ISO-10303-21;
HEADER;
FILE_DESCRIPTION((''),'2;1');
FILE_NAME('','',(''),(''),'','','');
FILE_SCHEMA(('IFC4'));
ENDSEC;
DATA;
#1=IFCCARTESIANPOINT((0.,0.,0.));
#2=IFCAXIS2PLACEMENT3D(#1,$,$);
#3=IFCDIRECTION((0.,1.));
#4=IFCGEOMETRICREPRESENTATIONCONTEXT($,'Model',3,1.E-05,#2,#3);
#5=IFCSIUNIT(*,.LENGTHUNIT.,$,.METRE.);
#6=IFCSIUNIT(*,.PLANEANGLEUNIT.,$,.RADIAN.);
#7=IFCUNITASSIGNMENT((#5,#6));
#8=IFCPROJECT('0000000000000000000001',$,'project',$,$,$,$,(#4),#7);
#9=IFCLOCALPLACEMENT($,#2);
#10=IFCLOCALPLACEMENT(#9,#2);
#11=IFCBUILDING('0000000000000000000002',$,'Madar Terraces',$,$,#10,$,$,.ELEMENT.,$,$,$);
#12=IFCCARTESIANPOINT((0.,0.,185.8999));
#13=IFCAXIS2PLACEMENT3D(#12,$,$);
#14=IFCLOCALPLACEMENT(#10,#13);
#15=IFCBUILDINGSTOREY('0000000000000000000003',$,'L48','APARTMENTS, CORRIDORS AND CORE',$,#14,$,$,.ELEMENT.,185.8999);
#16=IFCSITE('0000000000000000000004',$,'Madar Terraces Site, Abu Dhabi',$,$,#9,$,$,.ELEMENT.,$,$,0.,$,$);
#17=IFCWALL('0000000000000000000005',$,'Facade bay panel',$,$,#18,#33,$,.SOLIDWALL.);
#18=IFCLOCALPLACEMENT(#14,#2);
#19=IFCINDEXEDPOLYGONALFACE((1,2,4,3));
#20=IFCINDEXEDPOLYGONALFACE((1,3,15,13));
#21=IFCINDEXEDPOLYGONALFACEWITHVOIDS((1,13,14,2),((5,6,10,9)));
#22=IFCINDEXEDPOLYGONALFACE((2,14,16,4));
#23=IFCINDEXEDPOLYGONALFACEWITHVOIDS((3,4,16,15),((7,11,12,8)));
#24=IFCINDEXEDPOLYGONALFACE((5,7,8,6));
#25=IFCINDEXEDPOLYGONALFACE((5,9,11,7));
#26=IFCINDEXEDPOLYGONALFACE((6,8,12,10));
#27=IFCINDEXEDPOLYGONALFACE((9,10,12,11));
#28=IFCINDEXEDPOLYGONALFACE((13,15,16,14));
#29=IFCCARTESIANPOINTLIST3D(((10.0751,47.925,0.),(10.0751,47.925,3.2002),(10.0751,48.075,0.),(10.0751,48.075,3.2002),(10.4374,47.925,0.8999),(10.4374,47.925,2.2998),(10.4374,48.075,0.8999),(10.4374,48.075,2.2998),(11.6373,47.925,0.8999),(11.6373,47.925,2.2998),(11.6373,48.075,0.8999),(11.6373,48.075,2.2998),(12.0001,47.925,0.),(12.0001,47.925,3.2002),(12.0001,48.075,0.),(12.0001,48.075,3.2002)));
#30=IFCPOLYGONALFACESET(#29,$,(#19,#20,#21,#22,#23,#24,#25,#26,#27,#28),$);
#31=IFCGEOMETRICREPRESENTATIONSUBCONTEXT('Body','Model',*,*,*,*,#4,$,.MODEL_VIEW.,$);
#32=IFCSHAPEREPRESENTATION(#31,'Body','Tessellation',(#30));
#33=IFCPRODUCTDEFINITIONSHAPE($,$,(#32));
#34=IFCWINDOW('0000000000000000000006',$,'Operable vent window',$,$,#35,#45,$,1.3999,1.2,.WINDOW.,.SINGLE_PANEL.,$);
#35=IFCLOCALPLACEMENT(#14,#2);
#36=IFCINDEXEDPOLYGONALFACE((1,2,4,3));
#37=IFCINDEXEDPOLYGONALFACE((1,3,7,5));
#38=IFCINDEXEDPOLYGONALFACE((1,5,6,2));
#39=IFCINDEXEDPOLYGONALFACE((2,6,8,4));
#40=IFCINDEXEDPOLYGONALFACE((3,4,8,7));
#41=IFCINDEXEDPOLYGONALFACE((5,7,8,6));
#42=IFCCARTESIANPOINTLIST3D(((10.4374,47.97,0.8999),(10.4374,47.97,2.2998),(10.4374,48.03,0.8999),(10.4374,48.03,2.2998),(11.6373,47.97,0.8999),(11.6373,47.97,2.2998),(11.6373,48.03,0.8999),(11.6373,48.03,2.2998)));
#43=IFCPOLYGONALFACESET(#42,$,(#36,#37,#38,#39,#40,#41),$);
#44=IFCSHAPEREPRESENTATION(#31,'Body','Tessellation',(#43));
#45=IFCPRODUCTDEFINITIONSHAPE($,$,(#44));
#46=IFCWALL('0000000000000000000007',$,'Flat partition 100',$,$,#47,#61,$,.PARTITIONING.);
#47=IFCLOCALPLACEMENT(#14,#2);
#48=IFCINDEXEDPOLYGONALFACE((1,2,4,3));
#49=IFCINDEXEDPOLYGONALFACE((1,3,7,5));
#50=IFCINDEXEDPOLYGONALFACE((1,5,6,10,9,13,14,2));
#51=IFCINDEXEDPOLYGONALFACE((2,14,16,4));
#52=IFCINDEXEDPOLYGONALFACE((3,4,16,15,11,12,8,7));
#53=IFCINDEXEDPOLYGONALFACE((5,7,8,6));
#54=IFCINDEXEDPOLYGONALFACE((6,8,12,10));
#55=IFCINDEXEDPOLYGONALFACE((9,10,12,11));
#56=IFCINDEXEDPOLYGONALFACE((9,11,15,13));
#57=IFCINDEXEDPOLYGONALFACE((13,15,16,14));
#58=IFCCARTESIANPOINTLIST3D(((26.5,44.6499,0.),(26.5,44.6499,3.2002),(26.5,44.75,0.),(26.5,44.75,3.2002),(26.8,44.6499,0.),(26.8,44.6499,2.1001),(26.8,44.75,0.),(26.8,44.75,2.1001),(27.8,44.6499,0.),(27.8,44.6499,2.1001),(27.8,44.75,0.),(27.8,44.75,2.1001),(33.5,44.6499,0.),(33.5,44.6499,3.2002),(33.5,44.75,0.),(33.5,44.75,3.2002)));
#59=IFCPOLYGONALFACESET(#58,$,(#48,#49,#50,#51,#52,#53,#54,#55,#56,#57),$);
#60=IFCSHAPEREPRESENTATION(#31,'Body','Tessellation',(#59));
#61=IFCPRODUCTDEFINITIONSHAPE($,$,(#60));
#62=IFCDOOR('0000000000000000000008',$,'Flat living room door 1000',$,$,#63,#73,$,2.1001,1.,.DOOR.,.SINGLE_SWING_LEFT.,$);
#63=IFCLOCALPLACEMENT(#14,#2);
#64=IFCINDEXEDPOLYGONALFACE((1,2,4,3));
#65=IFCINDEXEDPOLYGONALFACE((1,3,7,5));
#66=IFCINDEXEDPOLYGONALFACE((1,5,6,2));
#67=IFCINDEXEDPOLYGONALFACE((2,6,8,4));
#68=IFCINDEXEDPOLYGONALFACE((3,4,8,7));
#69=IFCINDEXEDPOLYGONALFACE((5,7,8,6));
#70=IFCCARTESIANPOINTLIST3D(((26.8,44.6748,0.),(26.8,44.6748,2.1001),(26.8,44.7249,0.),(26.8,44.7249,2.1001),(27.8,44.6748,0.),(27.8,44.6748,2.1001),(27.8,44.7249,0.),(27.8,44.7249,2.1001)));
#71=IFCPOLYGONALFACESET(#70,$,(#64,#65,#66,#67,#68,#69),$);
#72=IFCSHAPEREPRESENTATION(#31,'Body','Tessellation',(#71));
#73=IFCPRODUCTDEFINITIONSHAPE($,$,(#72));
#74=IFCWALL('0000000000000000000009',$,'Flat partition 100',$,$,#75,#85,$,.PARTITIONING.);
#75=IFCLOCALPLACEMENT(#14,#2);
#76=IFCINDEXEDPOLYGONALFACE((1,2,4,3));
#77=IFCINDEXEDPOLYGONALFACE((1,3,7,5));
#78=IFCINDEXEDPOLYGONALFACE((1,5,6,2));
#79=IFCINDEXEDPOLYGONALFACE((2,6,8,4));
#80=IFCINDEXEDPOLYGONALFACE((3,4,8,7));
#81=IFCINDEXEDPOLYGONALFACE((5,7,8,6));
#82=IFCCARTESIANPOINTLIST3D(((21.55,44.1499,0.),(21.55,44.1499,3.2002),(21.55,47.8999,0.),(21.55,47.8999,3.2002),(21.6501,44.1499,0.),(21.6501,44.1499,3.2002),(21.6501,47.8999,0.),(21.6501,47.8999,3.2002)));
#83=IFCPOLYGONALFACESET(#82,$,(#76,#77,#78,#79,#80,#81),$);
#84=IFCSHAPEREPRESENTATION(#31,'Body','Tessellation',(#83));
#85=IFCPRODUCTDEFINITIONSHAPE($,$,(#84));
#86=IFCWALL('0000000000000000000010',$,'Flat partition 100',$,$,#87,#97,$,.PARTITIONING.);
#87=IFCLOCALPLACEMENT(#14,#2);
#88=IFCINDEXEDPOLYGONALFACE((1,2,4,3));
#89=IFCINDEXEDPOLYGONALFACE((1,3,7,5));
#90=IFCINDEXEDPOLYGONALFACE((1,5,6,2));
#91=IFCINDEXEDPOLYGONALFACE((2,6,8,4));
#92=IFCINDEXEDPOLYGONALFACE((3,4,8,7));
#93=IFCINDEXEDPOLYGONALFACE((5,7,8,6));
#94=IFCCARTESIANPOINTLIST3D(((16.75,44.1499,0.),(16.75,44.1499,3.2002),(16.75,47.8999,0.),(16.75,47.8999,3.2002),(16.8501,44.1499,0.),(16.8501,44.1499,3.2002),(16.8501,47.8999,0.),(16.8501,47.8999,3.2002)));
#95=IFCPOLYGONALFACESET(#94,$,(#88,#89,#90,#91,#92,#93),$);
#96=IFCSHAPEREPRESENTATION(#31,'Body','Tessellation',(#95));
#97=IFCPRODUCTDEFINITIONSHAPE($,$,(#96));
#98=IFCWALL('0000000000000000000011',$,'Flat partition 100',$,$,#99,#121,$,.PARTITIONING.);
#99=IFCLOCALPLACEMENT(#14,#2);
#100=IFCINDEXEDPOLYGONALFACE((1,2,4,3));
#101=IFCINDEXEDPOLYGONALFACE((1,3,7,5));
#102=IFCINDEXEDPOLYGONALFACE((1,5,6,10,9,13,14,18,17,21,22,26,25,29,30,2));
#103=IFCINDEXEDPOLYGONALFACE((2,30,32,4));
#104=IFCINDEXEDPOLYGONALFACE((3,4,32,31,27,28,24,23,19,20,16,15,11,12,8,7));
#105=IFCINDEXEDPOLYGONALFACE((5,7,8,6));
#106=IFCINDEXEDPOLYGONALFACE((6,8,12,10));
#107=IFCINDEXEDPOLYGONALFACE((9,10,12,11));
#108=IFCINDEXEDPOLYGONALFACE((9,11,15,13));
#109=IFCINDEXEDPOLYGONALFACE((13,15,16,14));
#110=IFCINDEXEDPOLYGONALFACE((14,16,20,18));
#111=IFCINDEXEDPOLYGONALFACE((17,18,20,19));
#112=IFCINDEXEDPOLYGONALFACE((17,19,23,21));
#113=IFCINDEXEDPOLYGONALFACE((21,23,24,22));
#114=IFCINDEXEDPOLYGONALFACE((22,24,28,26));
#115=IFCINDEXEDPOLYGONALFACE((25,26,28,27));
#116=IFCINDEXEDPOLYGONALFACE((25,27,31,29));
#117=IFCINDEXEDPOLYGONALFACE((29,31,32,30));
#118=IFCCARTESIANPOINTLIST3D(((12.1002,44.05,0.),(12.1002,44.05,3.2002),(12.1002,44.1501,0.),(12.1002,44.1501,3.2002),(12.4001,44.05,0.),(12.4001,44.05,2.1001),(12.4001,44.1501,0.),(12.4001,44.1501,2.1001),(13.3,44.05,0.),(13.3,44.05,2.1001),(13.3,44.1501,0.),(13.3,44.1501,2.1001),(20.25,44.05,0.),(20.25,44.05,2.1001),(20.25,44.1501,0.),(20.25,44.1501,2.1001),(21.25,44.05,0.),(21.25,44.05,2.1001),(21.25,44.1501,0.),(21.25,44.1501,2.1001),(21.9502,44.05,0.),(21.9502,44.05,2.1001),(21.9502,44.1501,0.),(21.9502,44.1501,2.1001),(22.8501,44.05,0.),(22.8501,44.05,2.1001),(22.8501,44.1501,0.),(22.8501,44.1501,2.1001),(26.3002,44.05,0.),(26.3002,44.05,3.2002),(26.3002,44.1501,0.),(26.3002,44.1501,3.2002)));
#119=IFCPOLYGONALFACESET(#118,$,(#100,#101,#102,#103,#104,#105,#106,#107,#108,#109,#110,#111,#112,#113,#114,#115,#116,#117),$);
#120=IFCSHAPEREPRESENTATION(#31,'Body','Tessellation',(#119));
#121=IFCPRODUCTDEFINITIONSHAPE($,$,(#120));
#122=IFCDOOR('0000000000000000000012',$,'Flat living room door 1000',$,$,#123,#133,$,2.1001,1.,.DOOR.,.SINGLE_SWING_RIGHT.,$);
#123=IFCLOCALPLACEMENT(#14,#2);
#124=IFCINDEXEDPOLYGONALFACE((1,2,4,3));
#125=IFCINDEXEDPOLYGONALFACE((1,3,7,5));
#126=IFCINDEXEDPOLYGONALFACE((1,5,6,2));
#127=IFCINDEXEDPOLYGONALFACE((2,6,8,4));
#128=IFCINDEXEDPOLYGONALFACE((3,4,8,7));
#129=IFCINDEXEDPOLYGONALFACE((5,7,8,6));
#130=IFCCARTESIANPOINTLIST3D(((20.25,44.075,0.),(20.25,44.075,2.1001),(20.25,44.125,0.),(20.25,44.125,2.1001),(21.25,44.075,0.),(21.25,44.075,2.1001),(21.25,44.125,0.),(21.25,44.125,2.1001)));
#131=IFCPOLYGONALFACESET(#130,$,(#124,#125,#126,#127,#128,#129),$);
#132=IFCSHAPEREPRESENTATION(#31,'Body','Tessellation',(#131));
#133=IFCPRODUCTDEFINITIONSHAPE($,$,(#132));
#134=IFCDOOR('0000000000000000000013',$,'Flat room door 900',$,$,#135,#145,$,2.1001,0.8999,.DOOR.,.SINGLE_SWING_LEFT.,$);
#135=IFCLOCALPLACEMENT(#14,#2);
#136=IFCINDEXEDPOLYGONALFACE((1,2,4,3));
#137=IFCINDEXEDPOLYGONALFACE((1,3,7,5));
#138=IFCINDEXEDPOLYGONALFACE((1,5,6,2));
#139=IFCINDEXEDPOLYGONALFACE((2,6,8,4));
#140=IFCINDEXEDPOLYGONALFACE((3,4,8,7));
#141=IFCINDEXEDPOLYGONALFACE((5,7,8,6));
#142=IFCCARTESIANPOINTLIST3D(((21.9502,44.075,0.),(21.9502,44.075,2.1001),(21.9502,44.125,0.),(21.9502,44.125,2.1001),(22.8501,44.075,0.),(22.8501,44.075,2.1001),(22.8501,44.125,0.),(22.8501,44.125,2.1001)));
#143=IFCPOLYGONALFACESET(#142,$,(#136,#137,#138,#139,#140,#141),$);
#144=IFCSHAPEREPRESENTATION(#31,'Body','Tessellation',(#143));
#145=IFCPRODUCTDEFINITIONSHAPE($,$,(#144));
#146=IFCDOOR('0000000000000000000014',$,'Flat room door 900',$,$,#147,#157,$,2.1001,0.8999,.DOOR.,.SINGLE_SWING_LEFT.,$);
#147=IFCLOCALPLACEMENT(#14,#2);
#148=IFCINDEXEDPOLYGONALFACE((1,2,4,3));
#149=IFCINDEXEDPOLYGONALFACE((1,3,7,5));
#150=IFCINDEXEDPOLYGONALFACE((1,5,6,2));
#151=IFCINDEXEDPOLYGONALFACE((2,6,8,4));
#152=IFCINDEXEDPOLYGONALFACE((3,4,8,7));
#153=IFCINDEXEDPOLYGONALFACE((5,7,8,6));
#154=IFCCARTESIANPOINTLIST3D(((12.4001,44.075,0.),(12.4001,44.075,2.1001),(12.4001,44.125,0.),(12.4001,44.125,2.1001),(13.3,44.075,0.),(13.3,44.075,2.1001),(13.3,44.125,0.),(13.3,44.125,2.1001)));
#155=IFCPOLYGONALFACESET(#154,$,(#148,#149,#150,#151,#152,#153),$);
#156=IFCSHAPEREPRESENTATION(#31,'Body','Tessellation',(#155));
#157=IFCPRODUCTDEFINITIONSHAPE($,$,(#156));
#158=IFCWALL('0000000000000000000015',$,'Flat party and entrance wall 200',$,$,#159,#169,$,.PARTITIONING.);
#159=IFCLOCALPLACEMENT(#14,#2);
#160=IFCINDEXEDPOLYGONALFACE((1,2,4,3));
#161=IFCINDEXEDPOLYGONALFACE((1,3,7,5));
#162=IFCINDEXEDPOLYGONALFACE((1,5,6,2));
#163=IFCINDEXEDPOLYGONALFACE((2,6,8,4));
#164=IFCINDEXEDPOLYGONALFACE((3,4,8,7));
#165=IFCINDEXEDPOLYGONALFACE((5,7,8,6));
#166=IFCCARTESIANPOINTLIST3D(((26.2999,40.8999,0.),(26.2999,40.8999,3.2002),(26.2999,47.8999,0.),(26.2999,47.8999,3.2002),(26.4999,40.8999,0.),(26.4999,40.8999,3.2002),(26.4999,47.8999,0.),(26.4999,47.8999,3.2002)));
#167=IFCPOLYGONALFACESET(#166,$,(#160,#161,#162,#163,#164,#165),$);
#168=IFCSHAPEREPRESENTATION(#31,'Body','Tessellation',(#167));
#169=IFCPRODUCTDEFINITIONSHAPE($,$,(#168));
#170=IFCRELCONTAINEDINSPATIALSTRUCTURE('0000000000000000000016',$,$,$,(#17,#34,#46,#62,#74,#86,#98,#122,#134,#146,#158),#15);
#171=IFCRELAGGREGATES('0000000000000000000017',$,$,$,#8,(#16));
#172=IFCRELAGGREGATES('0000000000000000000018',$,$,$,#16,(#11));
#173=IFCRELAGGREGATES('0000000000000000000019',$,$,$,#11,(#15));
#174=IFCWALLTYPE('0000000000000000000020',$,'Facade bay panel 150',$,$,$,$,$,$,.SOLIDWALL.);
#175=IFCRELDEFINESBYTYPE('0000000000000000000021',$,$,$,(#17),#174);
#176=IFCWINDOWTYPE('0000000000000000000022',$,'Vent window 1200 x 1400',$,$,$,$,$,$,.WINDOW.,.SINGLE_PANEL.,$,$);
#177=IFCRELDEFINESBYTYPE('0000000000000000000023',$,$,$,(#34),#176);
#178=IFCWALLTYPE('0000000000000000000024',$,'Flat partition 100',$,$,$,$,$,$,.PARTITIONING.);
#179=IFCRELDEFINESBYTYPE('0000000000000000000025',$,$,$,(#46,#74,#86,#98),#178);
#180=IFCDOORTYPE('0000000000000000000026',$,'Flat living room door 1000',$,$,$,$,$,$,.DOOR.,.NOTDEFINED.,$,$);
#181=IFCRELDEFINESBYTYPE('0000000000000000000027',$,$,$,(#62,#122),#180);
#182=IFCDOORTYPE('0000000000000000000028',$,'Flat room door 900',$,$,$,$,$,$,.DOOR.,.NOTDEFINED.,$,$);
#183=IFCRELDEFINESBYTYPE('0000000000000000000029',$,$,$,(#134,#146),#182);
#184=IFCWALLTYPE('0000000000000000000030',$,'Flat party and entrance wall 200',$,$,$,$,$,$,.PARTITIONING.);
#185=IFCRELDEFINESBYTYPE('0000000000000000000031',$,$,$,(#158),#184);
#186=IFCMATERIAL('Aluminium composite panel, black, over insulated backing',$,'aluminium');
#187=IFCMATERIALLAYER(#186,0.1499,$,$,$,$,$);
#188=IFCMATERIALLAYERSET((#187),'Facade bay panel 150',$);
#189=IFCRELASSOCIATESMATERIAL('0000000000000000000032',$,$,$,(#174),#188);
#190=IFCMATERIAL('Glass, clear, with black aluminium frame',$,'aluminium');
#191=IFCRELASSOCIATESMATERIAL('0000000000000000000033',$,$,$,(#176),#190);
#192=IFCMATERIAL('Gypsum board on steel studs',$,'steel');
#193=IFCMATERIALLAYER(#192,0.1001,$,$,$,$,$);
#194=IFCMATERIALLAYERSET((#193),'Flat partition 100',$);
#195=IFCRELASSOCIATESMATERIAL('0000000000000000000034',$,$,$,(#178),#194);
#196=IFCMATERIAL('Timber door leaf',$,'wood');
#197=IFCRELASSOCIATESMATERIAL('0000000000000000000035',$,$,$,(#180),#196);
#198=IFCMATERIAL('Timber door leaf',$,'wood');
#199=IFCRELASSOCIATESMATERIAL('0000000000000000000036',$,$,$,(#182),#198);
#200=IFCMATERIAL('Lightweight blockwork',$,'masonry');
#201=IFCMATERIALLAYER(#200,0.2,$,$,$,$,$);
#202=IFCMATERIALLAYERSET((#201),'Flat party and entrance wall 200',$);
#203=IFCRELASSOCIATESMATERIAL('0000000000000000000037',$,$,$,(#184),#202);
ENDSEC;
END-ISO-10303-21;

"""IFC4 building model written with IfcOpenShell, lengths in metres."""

from ifc_helpers import new_model, si_unit, direction, frame, frame_2d, origin, place, context, subcontext, project, spatial, rectangle, extrude, material, layer, layer_set, type_object, element, fill, save


model = new_model("IFC4")

# Units and contexts
model_context = context("Model", 3, precision=1e-05, world=origin(), true_north=direction((0.0, 1.0)))
body_context = subcontext(model_context, "Body", "Model", "MODEL_VIEW")
ifc_project = project(units=[si_unit("LENGTHUNIT", "METRE"), si_unit("PLANEANGLEUNIT", "RADIAN")], contexts=[model_context])

# Site, building, storey
site_placement = place(None, origin())
site = spatial("IfcSite", under=ifc_project, at=site_placement, Name="Madar Terraces Site, Abu Dhabi", CompositionType="ELEMENT", RefElevation=0.0)
building_placement = place(site_placement, origin())
building = spatial("IfcBuilding", under=site, at=building_placement, Name="Madar Terraces", CompositionType="ELEMENT")
storey_placement = place(building_placement, frame((0.0, 0.0, 185.8999)))
storey = spatial("IfcBuildingStorey", under=building, at=storey_placement, Name="L48", Description="APARTMENTS, CORRIDORS AND CORE", CompositionType="ELEMENT", Elevation=185.8999)

# Wall, opening, window
ifc_material_1 = material(Name="Aluminium composite panel, black, over insulated backing", Category="aluminium")
ifc_layer_1 = layer(ifc_material_1, 0.1499)
ifc_layer_set_1 = layer_set([ifc_layer_1], Name="Facade bay panel 150")
wall_type_1 = type_object("IfcWallType", Name="Facade bay panel 150", PredefinedType="SOLIDWALL", material=ifc_layer_set_1)
wall_1_placement = place(storey_placement, frame((12.0, 48.0, 0.0), z_axis=(0.0, 0.0, 1.0), x_axis=(-1.0, 0.0, 0.0)))
wall_1 = element("IfcWall", 1, at=wall_1_placement, inside=storey, type_object=wall_type_1, Name="Facade bay panel", PredefinedType="SOLIDWALL", context=body_context, shape_type="SweptSolid", body=[
    extrude(rectangle(XDim=1.925, YDim=0.1499, at=frame_2d((0.9624, 0.0))), origin(), (0.0, 0.0, 1.0), 3.2002),
])
opening_1_placement = place(wall_1_placement, frame((0.3625, 0.0, 0.8999)))
opening_1 = element("IfcOpeningElement", 2, at=opening_1_placement, cuts=wall_1, PredefinedType="OPENING", context=body_context, shape_type="SweptSolid", body=[
    extrude(rectangle(XDim=1.2, YDim=1.3999, at=frame_2d((0.6001, 0.7))), frame((0.0, 0.085, 0.0), z_axis=(0.0, -1.0, 0.0), x_axis=(1.0, 0.0, 0.0)), (0.0, 0.0, 1.0), 0.1699),
])
ifc_material_2 = material(Name="Glass, clear, with black aluminium frame", Category="aluminium")
window_type = type_object("IfcWindowType", Name="Vent window 1200 x 1400", PartitioningType="SINGLE_PANEL", PredefinedType="WINDOW", material=ifc_material_2)
window_placement = place(opening_1_placement, origin())
window = element("IfcWindow", 3, at=window_placement, inside=storey, type_object=window_type, Name="Operable vent window", OverallHeight=1.3999, OverallWidth=1.2, PartitioningType="SINGLE_PANEL", PredefinedType="WINDOW", context=body_context, shape_type="SweptSolid", body=[
    extrude(rectangle(XDim=1.2, YDim=1.3999, at=frame_2d((0.6001, 0.7))), frame((0.0, 0.03, 0.0), z_axis=(0.0, -1.0, 0.0), x_axis=(1.0, 0.0, 0.0)), (0.0, 0.0, 1.0), 0.0601),
])
fill(opening_1, window)

# Wall, opening, door
ifc_material_3 = material(Name="Gypsum board on steel studs", Category="steel")
ifc_layer_2 = layer(ifc_material_3, 0.1001)
ifc_layer_set_2 = layer_set([ifc_layer_2], Name="Flat partition 100")
wall_type_2 = type_object("IfcWallType", Name="Flat partition 100", PredefinedType="PARTITIONING", material=ifc_layer_set_2)
wall_2_placement = place(storey_placement, frame((26.5, 44.7, 0.0), z_axis=(0.0, 0.0, 1.0), x_axis=(1.0, 0.0, 0.0)))
wall_2 = element("IfcWall", 4, at=wall_2_placement, inside=storey, type_object=wall_type_2, Name="Flat partition 100", PredefinedType="PARTITIONING", context=body_context, shape_type="SweptSolid", body=[
    extrude(rectangle(XDim=7.0, YDim=0.1001, at=frame_2d((3.5, 0.0))), origin(), (0.0, 0.0, 1.0), 3.2002),
])
opening_2_placement = place(wall_2_placement, frame((0.3, 0.0, 0.0)))
opening_2 = element("IfcOpeningElement", 5, at=opening_2_placement, cuts=wall_2, PredefinedType="OPENING", context=body_context, shape_type="SweptSolid", body=[
    extrude(rectangle(XDim=1.0, YDim=2.1001, at=frame_2d((0.5, 1.05))), frame((0.0, 0.0601, 0.0), z_axis=(0.0, -1.0, 0.0), x_axis=(1.0, 0.0, 0.0)), (0.0, 0.0, 1.0), 0.1201),
])
ifc_material_4 = material(Name="Timber door leaf", Category="wood")
door_type_1 = type_object("IfcDoorType", Name="Flat living room door 1000", OperationType="NOTDEFINED", PredefinedType="DOOR", material=ifc_material_4)
door_1_placement = place(opening_2_placement, origin())
door_1 = element("IfcDoor", 6, at=door_1_placement, inside=storey, type_object=door_type_1, Name="Flat living room door 1000", OperationType="SINGLE_SWING_LEFT", OverallHeight=2.1001, OverallWidth=1.0, PredefinedType="DOOR", context=body_context, shape_type="SweptSolid", body=[
    extrude(rectangle(XDim=1.0, YDim=2.1001, at=frame_2d((0.5, 1.05))), frame((0.0, 0.0249, 0.0), z_axis=(0.0, -1.0, 0.0), x_axis=(1.0, 0.0, 0.0)), (0.0, 0.0, 1.0), 0.05),
])
fill(opening_2, door_1)

# Walls
for number, where, z_axis, x_axis, name in (
    (7, (21.6001, 44.1499, 0.0), (0.0, 0.0, 1.0), (0.0, 1.0, 0.0), "Flat partition 100"),
    (8, (16.8, 44.1499, 0.0), (0.0, 0.0, 1.0), (0.0, 1.0, 0.0), "Flat partition 100"),
):
    element("IfcWall", number, at=place(storey_placement, frame(where, z_axis=z_axis, x_axis=x_axis)), inside=storey, type_object=wall_type_2, Name=name, PredefinedType="PARTITIONING", context=body_context, shape_type="SweptSolid", body=[
        extrude(rectangle(XDim=3.75, YDim=0.1001, at=frame_2d((1.875, 0.0))), origin(), (0.0, 0.0, 1.0), 3.2002),
    ])

# Wall, openings, doors
wall_3_placement = place(storey_placement, frame((12.1001, 44.1001, 0.0), z_axis=(0.0, 0.0, 1.0), x_axis=(1.0, 0.0, 0.0)))
wall_3 = element("IfcWall", 9, at=wall_3_placement, inside=storey, type_object=wall_type_2, Name="Flat partition 100", PredefinedType="PARTITIONING", context=body_context, shape_type="SweptSolid", body=[
    extrude(rectangle(XDim=14.2, YDim=0.1001, at=frame_2d((7.1001, 0.0))), origin(), (0.0, 0.0, 1.0), 3.2002),
])
opening_3_placement = place(wall_3_placement, frame((9.8501, 0.0, 0.0)))
opening_3 = element("IfcOpeningElement", 10, at=opening_3_placement, cuts=wall_3, PredefinedType="OPENING", context=body_context, shape_type="SweptSolid", body=[
    extrude(rectangle(XDim=0.8999, YDim=2.1001, at=frame_2d((0.45, 1.05))), frame((0.0, 0.0601, 0.0), z_axis=(0.0, -1.0, 0.0), x_axis=(1.0, 0.0, 0.0)), (0.0, 0.0, 1.0), 0.1201),
])
opening_4_placement = place(wall_3_placement, frame((8.1499, 0.0, 0.0)))
opening_4 = element("IfcOpeningElement", 11, at=opening_4_placement, cuts=wall_3, PredefinedType="OPENING", context=body_context, shape_type="SweptSolid", body=[
    extrude(rectangle(XDim=1.0, YDim=2.1001, at=frame_2d((0.5, 1.05))), frame((0.0, 0.0601, 0.0), z_axis=(0.0, -1.0, 0.0), x_axis=(1.0, 0.0, 0.0)), (0.0, 0.0, 1.0), 0.1201),
])
opening_5_placement = place(wall_3_placement, frame((0.3, 0.0, 0.0)))
opening_5 = element("IfcOpeningElement", 12, at=opening_5_placement, cuts=wall_3, PredefinedType="OPENING", context=body_context, shape_type="SweptSolid", body=[
    extrude(rectangle(XDim=0.8999, YDim=2.1001, at=frame_2d((0.45, 1.05))), frame((0.0, 0.0601, 0.0), z_axis=(0.0, -1.0, 0.0), x_axis=(1.0, 0.0, 0.0)), (0.0, 0.0, 1.0), 0.1201),
])
door_2_placement = place(opening_4_placement, origin())
door_2 = element("IfcDoor", 13, at=door_2_placement, inside=storey, type_object=door_type_1, Name="Flat living room door 1000", OperationType="SINGLE_SWING_RIGHT", OverallHeight=2.1001, OverallWidth=1.0, PredefinedType="DOOR", context=body_context, shape_type="SweptSolid", body=[
    extrude(rectangle(XDim=1.0, YDim=2.1001, at=frame_2d((0.5, 1.05))), frame((0.0, 0.0249, 0.0), z_axis=(0.0, -1.0, 0.0), x_axis=(1.0, 0.0, 0.0)), (0.0, 0.0, 1.0), 0.05),
])
fill(opening_4, door_2)
ifc_material_5 = material(Name="Timber door leaf", Category="wood")
door_type_2 = type_object("IfcDoorType", Name="Flat room door 900", OperationType="NOTDEFINED", PredefinedType="DOOR", material=ifc_material_5)
door_3_placement = place(opening_3_placement, origin())
door_3 = element("IfcDoor", 14, at=door_3_placement, inside=storey, type_object=door_type_2, Name="Flat room door 900", OperationType="SINGLE_SWING_LEFT", OverallHeight=2.1001, OverallWidth=0.8999, PredefinedType="DOOR", context=body_context, shape_type="SweptSolid", body=[
    extrude(rectangle(XDim=0.8999, YDim=2.1001, at=frame_2d((0.45, 1.05))), frame((0.0, 0.0249, 0.0), z_axis=(0.0, -1.0, 0.0), x_axis=(1.0, 0.0, 0.0)), (0.0, 0.0, 1.0), 0.05),
])
fill(opening_3, door_3)
door_4_placement = place(opening_5_placement, origin())
door_4 = element("IfcDoor", 15, at=door_4_placement, inside=storey, type_object=door_type_2, Name="Flat room door 900", OperationType="SINGLE_SWING_LEFT", OverallHeight=2.1001, OverallWidth=0.8999, PredefinedType="DOOR", context=body_context, shape_type="SweptSolid", body=[
    extrude(rectangle(XDim=0.8999, YDim=2.1001, at=frame_2d((0.45, 1.05))), frame((0.0, 0.0249, 0.0), z_axis=(0.0, -1.0, 0.0), x_axis=(1.0, 0.0, 0.0)), (0.0, 0.0, 1.0), 0.05),
])
fill(opening_5, door_4)

# Wall
ifc_material_6 = material(Name="Lightweight blockwork", Category="masonry")
ifc_layer_3 = layer(ifc_material_6, 0.2)
ifc_layer_set_3 = layer_set([ifc_layer_3], Name="Flat party and entrance wall 200")
wall_type_3 = type_object("IfcWallType", Name="Flat party and entrance wall 200", PredefinedType="PARTITIONING", material=ifc_layer_set_3)
wall_4_placement = place(storey_placement, frame((26.3999, 47.8999, 0.0), z_axis=(0.0, 0.0, 1.0), x_axis=(0.0, -1.0, 0.0)))
element("IfcWall", 16, at=wall_4_placement, inside=storey, type_object=wall_type_3, Name="Flat party and entrance wall 200", PredefinedType="PARTITIONING", context=body_context, shape_type="SweptSolid", body=[
    extrude(rectangle(XDim=7.0, YDim=0.2, at=frame_2d((3.5, 0.0))), origin(), (0.0, 0.0, 1.0), 3.2002),
])

save(model, "model.ifc")
